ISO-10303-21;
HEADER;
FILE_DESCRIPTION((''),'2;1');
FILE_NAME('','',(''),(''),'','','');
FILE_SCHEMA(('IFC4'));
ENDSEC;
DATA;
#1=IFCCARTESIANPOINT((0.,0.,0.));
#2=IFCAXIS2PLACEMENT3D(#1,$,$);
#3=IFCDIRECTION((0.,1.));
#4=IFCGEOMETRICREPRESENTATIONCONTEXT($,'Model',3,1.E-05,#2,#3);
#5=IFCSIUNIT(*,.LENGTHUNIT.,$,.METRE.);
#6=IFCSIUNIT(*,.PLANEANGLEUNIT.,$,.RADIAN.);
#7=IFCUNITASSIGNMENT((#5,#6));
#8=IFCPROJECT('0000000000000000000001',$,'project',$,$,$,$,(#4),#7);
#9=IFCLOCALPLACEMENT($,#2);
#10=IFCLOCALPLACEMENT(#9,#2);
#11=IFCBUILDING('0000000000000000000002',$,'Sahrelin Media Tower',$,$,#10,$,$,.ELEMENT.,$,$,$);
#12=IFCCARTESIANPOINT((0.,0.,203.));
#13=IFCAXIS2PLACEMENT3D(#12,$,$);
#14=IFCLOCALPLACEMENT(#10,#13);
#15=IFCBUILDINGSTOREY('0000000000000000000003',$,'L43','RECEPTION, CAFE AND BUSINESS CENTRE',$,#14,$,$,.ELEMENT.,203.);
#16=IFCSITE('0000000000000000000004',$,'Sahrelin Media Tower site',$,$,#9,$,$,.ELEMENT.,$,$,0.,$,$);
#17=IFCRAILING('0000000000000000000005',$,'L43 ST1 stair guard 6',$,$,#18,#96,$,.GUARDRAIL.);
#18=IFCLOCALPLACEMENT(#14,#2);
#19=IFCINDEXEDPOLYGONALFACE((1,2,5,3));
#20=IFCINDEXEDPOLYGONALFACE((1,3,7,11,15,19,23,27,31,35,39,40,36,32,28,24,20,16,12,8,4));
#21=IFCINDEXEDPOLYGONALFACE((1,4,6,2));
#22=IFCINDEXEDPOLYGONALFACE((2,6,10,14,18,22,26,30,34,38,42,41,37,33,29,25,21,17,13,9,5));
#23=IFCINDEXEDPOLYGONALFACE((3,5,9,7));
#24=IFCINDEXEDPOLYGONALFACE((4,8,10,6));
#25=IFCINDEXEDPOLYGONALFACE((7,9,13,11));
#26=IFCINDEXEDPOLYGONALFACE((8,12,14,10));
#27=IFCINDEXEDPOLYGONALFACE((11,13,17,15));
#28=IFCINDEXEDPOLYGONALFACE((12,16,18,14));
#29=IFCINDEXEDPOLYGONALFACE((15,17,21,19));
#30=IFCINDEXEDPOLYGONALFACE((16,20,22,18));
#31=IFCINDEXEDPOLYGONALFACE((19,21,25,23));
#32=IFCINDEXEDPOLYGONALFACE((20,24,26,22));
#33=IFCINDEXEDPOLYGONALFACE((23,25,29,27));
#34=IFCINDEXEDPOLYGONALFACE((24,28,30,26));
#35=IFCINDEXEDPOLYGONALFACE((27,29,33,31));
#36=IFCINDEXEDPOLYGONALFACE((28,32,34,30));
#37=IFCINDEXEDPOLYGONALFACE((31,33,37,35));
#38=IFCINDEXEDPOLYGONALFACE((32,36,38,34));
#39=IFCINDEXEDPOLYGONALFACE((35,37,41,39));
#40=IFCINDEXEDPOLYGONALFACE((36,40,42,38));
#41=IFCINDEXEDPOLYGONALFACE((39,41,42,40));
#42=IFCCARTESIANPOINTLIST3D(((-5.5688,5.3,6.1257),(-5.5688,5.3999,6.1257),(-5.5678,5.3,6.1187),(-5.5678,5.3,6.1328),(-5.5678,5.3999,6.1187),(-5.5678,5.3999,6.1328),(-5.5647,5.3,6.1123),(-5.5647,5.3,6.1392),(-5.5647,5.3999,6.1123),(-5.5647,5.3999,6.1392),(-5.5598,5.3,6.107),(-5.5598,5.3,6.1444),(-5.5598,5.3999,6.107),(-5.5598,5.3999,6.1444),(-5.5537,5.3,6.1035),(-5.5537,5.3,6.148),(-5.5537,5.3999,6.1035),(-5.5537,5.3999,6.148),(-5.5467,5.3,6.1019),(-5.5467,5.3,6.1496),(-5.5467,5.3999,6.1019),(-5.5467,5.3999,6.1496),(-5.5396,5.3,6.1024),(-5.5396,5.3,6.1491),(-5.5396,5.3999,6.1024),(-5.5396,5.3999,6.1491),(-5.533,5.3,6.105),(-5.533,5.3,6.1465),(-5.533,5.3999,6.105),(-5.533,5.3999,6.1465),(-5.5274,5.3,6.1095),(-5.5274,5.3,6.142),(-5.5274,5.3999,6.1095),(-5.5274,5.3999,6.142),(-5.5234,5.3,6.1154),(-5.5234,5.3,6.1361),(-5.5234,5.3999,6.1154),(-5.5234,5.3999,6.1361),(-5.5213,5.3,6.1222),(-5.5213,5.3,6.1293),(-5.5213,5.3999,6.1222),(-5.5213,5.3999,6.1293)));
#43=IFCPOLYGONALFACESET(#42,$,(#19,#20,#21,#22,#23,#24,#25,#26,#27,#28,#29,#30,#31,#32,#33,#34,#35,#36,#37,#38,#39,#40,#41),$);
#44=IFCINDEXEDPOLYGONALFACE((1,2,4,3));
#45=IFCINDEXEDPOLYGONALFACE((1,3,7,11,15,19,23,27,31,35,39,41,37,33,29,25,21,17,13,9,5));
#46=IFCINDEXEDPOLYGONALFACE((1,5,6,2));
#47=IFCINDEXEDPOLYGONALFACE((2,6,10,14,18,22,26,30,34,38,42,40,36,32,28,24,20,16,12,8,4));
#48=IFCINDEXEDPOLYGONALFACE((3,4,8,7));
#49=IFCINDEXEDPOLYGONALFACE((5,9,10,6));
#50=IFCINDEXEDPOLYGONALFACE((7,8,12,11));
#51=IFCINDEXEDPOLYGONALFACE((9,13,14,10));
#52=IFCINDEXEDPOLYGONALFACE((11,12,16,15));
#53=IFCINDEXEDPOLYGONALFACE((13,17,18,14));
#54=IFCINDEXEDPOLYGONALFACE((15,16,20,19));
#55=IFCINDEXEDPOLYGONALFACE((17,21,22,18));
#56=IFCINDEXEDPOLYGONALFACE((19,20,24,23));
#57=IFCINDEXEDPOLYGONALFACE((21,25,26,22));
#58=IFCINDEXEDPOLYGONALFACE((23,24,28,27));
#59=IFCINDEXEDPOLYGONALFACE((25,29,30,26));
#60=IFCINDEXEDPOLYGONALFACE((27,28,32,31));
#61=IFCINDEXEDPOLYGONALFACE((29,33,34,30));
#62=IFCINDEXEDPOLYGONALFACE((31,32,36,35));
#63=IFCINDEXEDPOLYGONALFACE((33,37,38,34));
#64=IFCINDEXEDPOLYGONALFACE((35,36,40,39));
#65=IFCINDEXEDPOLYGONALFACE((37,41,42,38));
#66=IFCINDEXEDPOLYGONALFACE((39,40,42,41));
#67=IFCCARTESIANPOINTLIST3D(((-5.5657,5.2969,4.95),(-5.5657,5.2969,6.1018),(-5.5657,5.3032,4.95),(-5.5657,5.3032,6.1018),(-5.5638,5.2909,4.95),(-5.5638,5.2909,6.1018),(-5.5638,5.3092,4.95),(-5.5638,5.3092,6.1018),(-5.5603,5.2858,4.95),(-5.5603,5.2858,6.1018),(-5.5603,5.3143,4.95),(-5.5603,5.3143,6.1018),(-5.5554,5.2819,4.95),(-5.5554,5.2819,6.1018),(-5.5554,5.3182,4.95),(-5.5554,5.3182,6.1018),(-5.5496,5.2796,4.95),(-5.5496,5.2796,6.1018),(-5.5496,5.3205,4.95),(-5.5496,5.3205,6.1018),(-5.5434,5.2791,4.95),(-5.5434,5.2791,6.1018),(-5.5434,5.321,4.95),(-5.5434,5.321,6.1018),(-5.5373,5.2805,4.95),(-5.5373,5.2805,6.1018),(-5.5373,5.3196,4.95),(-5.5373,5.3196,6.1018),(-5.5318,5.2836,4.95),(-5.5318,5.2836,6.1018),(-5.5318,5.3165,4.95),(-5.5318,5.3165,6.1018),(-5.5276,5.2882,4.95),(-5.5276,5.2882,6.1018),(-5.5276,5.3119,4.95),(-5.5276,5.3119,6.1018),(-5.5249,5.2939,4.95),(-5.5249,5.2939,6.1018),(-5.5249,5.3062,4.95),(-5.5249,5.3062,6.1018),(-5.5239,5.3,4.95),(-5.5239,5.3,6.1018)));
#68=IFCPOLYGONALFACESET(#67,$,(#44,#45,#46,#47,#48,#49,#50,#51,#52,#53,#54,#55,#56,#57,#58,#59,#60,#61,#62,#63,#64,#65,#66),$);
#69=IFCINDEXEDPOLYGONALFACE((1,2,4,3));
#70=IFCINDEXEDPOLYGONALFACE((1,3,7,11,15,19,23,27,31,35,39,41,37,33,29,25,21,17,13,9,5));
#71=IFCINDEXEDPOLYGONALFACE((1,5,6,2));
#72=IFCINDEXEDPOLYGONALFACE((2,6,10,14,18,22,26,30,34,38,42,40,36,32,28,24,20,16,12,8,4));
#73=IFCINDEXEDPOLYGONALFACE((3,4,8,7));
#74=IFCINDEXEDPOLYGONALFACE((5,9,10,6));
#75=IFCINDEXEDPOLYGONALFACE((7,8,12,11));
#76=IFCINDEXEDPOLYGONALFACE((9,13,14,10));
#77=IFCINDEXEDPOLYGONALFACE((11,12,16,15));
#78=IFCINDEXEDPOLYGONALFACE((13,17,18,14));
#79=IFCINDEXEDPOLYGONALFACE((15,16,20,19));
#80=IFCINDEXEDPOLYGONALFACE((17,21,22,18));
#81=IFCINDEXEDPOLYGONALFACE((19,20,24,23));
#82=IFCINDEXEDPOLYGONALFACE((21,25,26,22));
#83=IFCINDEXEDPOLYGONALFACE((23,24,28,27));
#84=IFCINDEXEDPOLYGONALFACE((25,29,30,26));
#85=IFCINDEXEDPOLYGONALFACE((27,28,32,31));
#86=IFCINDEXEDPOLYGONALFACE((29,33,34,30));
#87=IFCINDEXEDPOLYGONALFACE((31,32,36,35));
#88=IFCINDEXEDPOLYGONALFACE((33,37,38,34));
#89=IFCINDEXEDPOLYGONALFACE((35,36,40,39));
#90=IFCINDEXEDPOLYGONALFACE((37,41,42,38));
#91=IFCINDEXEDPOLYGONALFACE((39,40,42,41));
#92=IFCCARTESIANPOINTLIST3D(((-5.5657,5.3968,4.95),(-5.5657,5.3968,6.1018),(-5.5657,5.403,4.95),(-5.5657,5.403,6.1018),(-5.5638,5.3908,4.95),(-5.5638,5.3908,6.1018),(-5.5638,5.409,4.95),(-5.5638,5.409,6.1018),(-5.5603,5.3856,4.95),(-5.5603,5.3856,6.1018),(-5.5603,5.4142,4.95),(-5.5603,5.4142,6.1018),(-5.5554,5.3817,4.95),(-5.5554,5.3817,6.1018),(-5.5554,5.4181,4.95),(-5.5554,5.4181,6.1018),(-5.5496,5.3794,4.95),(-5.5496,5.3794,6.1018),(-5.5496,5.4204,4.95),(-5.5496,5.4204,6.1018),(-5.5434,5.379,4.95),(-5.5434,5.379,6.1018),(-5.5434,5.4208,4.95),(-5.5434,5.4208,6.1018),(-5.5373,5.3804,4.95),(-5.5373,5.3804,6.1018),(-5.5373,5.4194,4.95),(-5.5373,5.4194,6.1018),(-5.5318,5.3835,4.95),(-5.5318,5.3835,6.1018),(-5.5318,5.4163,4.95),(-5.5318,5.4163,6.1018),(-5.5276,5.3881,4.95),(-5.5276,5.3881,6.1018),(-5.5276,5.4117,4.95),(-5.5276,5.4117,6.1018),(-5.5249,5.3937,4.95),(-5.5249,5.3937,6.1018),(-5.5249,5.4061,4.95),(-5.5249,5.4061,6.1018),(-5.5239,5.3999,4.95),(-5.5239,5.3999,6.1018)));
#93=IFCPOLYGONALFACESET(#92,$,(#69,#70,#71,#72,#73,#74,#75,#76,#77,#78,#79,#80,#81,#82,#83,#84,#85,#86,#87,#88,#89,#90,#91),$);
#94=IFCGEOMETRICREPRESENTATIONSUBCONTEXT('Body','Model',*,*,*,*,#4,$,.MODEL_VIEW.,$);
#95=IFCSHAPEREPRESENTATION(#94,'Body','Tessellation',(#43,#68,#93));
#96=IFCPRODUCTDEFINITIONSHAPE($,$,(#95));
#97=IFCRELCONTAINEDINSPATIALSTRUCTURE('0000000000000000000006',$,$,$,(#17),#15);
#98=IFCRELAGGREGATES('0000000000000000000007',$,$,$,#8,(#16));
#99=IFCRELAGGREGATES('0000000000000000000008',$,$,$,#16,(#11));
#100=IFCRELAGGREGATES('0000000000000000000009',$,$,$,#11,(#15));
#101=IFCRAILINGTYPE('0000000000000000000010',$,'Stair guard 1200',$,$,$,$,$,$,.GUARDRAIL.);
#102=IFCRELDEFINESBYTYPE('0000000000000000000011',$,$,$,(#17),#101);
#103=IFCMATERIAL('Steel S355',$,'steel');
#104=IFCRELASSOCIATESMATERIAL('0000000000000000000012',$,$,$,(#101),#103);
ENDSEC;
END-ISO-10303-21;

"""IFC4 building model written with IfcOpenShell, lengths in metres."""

from ifc_helpers import new_model, si_unit, direction, frame, origin, origin_2d, place, context, subcontext, project, spatial, circle, extrude, material, type_object, element, save


model = new_model("IFC4")

# Units and contexts
model_context = context("Model", 3, precision=1e-05, world=origin(), true_north=direction((0.0, 1.0)))
body_context = subcontext(model_context, "Body", "Model", "MODEL_VIEW")
ifc_project = project(units=[si_unit("LENGTHUNIT", "METRE"), si_unit("PLANEANGLEUNIT", "RADIAN")], contexts=[model_context])

# Site, building, storey
site_placement = place(None, origin())
site = spatial("IfcSite", under=ifc_project, at=site_placement, Name="Sahrelin Media Tower site", CompositionType="ELEMENT", RefElevation=0.0)
building_placement = place(site_placement, origin())
building = spatial("IfcBuilding", under=site, at=building_placement, Name="Sahrelin Media Tower", CompositionType="ELEMENT")
storey_placement = place(building_placement, frame((0.0, 0.0, 203.0)))
storey = spatial("IfcBuildingStorey", under=building, at=storey_placement, Name="L43", Description="RECEPTION, CAFE AND BUSINESS CENTRE", CompositionType="ELEMENT", Elevation=203.0)

# Railing
ifc_material_1 = material(Name="Steel S355", Category="steel")
railing_type_1 = type_object("IfcRailingType", Name="Stair guard 1200", PredefinedType="GUARDRAIL", material=ifc_material_1)
railing_1_placement = place(storey_placement, frame((-5.5449, 5.3, 4.95)))
element("IfcRailing", 1, at=railing_1_placement, inside=storey, type_object=railing_type_1, Name="L43 ST1 stair guard 6", PredefinedType="GUARDRAIL", context=body_context, shape_type="SweptSolid", body=[
    extrude(circle(Radius=0.0239, at=origin_2d()), frame((0.0, 0.0, 1.1758), z_axis=(0.0, 1.0, 0.0), x_axis=(-1.0, 0.0, 0.0)), (0.0, 0.0, 1.0), 0.0999),
    extrude(circle(Radius=0.021, at=origin_2d()), origin(), (0.0, 0.0, 1.0), 1.1519),
    extrude(circle(Radius=0.021, at=origin_2d()), frame((0.0, 0.0999, 0.0)), (0.0, 0.0, 1.0), 1.1519),
])

save(model, "model.ifc")
